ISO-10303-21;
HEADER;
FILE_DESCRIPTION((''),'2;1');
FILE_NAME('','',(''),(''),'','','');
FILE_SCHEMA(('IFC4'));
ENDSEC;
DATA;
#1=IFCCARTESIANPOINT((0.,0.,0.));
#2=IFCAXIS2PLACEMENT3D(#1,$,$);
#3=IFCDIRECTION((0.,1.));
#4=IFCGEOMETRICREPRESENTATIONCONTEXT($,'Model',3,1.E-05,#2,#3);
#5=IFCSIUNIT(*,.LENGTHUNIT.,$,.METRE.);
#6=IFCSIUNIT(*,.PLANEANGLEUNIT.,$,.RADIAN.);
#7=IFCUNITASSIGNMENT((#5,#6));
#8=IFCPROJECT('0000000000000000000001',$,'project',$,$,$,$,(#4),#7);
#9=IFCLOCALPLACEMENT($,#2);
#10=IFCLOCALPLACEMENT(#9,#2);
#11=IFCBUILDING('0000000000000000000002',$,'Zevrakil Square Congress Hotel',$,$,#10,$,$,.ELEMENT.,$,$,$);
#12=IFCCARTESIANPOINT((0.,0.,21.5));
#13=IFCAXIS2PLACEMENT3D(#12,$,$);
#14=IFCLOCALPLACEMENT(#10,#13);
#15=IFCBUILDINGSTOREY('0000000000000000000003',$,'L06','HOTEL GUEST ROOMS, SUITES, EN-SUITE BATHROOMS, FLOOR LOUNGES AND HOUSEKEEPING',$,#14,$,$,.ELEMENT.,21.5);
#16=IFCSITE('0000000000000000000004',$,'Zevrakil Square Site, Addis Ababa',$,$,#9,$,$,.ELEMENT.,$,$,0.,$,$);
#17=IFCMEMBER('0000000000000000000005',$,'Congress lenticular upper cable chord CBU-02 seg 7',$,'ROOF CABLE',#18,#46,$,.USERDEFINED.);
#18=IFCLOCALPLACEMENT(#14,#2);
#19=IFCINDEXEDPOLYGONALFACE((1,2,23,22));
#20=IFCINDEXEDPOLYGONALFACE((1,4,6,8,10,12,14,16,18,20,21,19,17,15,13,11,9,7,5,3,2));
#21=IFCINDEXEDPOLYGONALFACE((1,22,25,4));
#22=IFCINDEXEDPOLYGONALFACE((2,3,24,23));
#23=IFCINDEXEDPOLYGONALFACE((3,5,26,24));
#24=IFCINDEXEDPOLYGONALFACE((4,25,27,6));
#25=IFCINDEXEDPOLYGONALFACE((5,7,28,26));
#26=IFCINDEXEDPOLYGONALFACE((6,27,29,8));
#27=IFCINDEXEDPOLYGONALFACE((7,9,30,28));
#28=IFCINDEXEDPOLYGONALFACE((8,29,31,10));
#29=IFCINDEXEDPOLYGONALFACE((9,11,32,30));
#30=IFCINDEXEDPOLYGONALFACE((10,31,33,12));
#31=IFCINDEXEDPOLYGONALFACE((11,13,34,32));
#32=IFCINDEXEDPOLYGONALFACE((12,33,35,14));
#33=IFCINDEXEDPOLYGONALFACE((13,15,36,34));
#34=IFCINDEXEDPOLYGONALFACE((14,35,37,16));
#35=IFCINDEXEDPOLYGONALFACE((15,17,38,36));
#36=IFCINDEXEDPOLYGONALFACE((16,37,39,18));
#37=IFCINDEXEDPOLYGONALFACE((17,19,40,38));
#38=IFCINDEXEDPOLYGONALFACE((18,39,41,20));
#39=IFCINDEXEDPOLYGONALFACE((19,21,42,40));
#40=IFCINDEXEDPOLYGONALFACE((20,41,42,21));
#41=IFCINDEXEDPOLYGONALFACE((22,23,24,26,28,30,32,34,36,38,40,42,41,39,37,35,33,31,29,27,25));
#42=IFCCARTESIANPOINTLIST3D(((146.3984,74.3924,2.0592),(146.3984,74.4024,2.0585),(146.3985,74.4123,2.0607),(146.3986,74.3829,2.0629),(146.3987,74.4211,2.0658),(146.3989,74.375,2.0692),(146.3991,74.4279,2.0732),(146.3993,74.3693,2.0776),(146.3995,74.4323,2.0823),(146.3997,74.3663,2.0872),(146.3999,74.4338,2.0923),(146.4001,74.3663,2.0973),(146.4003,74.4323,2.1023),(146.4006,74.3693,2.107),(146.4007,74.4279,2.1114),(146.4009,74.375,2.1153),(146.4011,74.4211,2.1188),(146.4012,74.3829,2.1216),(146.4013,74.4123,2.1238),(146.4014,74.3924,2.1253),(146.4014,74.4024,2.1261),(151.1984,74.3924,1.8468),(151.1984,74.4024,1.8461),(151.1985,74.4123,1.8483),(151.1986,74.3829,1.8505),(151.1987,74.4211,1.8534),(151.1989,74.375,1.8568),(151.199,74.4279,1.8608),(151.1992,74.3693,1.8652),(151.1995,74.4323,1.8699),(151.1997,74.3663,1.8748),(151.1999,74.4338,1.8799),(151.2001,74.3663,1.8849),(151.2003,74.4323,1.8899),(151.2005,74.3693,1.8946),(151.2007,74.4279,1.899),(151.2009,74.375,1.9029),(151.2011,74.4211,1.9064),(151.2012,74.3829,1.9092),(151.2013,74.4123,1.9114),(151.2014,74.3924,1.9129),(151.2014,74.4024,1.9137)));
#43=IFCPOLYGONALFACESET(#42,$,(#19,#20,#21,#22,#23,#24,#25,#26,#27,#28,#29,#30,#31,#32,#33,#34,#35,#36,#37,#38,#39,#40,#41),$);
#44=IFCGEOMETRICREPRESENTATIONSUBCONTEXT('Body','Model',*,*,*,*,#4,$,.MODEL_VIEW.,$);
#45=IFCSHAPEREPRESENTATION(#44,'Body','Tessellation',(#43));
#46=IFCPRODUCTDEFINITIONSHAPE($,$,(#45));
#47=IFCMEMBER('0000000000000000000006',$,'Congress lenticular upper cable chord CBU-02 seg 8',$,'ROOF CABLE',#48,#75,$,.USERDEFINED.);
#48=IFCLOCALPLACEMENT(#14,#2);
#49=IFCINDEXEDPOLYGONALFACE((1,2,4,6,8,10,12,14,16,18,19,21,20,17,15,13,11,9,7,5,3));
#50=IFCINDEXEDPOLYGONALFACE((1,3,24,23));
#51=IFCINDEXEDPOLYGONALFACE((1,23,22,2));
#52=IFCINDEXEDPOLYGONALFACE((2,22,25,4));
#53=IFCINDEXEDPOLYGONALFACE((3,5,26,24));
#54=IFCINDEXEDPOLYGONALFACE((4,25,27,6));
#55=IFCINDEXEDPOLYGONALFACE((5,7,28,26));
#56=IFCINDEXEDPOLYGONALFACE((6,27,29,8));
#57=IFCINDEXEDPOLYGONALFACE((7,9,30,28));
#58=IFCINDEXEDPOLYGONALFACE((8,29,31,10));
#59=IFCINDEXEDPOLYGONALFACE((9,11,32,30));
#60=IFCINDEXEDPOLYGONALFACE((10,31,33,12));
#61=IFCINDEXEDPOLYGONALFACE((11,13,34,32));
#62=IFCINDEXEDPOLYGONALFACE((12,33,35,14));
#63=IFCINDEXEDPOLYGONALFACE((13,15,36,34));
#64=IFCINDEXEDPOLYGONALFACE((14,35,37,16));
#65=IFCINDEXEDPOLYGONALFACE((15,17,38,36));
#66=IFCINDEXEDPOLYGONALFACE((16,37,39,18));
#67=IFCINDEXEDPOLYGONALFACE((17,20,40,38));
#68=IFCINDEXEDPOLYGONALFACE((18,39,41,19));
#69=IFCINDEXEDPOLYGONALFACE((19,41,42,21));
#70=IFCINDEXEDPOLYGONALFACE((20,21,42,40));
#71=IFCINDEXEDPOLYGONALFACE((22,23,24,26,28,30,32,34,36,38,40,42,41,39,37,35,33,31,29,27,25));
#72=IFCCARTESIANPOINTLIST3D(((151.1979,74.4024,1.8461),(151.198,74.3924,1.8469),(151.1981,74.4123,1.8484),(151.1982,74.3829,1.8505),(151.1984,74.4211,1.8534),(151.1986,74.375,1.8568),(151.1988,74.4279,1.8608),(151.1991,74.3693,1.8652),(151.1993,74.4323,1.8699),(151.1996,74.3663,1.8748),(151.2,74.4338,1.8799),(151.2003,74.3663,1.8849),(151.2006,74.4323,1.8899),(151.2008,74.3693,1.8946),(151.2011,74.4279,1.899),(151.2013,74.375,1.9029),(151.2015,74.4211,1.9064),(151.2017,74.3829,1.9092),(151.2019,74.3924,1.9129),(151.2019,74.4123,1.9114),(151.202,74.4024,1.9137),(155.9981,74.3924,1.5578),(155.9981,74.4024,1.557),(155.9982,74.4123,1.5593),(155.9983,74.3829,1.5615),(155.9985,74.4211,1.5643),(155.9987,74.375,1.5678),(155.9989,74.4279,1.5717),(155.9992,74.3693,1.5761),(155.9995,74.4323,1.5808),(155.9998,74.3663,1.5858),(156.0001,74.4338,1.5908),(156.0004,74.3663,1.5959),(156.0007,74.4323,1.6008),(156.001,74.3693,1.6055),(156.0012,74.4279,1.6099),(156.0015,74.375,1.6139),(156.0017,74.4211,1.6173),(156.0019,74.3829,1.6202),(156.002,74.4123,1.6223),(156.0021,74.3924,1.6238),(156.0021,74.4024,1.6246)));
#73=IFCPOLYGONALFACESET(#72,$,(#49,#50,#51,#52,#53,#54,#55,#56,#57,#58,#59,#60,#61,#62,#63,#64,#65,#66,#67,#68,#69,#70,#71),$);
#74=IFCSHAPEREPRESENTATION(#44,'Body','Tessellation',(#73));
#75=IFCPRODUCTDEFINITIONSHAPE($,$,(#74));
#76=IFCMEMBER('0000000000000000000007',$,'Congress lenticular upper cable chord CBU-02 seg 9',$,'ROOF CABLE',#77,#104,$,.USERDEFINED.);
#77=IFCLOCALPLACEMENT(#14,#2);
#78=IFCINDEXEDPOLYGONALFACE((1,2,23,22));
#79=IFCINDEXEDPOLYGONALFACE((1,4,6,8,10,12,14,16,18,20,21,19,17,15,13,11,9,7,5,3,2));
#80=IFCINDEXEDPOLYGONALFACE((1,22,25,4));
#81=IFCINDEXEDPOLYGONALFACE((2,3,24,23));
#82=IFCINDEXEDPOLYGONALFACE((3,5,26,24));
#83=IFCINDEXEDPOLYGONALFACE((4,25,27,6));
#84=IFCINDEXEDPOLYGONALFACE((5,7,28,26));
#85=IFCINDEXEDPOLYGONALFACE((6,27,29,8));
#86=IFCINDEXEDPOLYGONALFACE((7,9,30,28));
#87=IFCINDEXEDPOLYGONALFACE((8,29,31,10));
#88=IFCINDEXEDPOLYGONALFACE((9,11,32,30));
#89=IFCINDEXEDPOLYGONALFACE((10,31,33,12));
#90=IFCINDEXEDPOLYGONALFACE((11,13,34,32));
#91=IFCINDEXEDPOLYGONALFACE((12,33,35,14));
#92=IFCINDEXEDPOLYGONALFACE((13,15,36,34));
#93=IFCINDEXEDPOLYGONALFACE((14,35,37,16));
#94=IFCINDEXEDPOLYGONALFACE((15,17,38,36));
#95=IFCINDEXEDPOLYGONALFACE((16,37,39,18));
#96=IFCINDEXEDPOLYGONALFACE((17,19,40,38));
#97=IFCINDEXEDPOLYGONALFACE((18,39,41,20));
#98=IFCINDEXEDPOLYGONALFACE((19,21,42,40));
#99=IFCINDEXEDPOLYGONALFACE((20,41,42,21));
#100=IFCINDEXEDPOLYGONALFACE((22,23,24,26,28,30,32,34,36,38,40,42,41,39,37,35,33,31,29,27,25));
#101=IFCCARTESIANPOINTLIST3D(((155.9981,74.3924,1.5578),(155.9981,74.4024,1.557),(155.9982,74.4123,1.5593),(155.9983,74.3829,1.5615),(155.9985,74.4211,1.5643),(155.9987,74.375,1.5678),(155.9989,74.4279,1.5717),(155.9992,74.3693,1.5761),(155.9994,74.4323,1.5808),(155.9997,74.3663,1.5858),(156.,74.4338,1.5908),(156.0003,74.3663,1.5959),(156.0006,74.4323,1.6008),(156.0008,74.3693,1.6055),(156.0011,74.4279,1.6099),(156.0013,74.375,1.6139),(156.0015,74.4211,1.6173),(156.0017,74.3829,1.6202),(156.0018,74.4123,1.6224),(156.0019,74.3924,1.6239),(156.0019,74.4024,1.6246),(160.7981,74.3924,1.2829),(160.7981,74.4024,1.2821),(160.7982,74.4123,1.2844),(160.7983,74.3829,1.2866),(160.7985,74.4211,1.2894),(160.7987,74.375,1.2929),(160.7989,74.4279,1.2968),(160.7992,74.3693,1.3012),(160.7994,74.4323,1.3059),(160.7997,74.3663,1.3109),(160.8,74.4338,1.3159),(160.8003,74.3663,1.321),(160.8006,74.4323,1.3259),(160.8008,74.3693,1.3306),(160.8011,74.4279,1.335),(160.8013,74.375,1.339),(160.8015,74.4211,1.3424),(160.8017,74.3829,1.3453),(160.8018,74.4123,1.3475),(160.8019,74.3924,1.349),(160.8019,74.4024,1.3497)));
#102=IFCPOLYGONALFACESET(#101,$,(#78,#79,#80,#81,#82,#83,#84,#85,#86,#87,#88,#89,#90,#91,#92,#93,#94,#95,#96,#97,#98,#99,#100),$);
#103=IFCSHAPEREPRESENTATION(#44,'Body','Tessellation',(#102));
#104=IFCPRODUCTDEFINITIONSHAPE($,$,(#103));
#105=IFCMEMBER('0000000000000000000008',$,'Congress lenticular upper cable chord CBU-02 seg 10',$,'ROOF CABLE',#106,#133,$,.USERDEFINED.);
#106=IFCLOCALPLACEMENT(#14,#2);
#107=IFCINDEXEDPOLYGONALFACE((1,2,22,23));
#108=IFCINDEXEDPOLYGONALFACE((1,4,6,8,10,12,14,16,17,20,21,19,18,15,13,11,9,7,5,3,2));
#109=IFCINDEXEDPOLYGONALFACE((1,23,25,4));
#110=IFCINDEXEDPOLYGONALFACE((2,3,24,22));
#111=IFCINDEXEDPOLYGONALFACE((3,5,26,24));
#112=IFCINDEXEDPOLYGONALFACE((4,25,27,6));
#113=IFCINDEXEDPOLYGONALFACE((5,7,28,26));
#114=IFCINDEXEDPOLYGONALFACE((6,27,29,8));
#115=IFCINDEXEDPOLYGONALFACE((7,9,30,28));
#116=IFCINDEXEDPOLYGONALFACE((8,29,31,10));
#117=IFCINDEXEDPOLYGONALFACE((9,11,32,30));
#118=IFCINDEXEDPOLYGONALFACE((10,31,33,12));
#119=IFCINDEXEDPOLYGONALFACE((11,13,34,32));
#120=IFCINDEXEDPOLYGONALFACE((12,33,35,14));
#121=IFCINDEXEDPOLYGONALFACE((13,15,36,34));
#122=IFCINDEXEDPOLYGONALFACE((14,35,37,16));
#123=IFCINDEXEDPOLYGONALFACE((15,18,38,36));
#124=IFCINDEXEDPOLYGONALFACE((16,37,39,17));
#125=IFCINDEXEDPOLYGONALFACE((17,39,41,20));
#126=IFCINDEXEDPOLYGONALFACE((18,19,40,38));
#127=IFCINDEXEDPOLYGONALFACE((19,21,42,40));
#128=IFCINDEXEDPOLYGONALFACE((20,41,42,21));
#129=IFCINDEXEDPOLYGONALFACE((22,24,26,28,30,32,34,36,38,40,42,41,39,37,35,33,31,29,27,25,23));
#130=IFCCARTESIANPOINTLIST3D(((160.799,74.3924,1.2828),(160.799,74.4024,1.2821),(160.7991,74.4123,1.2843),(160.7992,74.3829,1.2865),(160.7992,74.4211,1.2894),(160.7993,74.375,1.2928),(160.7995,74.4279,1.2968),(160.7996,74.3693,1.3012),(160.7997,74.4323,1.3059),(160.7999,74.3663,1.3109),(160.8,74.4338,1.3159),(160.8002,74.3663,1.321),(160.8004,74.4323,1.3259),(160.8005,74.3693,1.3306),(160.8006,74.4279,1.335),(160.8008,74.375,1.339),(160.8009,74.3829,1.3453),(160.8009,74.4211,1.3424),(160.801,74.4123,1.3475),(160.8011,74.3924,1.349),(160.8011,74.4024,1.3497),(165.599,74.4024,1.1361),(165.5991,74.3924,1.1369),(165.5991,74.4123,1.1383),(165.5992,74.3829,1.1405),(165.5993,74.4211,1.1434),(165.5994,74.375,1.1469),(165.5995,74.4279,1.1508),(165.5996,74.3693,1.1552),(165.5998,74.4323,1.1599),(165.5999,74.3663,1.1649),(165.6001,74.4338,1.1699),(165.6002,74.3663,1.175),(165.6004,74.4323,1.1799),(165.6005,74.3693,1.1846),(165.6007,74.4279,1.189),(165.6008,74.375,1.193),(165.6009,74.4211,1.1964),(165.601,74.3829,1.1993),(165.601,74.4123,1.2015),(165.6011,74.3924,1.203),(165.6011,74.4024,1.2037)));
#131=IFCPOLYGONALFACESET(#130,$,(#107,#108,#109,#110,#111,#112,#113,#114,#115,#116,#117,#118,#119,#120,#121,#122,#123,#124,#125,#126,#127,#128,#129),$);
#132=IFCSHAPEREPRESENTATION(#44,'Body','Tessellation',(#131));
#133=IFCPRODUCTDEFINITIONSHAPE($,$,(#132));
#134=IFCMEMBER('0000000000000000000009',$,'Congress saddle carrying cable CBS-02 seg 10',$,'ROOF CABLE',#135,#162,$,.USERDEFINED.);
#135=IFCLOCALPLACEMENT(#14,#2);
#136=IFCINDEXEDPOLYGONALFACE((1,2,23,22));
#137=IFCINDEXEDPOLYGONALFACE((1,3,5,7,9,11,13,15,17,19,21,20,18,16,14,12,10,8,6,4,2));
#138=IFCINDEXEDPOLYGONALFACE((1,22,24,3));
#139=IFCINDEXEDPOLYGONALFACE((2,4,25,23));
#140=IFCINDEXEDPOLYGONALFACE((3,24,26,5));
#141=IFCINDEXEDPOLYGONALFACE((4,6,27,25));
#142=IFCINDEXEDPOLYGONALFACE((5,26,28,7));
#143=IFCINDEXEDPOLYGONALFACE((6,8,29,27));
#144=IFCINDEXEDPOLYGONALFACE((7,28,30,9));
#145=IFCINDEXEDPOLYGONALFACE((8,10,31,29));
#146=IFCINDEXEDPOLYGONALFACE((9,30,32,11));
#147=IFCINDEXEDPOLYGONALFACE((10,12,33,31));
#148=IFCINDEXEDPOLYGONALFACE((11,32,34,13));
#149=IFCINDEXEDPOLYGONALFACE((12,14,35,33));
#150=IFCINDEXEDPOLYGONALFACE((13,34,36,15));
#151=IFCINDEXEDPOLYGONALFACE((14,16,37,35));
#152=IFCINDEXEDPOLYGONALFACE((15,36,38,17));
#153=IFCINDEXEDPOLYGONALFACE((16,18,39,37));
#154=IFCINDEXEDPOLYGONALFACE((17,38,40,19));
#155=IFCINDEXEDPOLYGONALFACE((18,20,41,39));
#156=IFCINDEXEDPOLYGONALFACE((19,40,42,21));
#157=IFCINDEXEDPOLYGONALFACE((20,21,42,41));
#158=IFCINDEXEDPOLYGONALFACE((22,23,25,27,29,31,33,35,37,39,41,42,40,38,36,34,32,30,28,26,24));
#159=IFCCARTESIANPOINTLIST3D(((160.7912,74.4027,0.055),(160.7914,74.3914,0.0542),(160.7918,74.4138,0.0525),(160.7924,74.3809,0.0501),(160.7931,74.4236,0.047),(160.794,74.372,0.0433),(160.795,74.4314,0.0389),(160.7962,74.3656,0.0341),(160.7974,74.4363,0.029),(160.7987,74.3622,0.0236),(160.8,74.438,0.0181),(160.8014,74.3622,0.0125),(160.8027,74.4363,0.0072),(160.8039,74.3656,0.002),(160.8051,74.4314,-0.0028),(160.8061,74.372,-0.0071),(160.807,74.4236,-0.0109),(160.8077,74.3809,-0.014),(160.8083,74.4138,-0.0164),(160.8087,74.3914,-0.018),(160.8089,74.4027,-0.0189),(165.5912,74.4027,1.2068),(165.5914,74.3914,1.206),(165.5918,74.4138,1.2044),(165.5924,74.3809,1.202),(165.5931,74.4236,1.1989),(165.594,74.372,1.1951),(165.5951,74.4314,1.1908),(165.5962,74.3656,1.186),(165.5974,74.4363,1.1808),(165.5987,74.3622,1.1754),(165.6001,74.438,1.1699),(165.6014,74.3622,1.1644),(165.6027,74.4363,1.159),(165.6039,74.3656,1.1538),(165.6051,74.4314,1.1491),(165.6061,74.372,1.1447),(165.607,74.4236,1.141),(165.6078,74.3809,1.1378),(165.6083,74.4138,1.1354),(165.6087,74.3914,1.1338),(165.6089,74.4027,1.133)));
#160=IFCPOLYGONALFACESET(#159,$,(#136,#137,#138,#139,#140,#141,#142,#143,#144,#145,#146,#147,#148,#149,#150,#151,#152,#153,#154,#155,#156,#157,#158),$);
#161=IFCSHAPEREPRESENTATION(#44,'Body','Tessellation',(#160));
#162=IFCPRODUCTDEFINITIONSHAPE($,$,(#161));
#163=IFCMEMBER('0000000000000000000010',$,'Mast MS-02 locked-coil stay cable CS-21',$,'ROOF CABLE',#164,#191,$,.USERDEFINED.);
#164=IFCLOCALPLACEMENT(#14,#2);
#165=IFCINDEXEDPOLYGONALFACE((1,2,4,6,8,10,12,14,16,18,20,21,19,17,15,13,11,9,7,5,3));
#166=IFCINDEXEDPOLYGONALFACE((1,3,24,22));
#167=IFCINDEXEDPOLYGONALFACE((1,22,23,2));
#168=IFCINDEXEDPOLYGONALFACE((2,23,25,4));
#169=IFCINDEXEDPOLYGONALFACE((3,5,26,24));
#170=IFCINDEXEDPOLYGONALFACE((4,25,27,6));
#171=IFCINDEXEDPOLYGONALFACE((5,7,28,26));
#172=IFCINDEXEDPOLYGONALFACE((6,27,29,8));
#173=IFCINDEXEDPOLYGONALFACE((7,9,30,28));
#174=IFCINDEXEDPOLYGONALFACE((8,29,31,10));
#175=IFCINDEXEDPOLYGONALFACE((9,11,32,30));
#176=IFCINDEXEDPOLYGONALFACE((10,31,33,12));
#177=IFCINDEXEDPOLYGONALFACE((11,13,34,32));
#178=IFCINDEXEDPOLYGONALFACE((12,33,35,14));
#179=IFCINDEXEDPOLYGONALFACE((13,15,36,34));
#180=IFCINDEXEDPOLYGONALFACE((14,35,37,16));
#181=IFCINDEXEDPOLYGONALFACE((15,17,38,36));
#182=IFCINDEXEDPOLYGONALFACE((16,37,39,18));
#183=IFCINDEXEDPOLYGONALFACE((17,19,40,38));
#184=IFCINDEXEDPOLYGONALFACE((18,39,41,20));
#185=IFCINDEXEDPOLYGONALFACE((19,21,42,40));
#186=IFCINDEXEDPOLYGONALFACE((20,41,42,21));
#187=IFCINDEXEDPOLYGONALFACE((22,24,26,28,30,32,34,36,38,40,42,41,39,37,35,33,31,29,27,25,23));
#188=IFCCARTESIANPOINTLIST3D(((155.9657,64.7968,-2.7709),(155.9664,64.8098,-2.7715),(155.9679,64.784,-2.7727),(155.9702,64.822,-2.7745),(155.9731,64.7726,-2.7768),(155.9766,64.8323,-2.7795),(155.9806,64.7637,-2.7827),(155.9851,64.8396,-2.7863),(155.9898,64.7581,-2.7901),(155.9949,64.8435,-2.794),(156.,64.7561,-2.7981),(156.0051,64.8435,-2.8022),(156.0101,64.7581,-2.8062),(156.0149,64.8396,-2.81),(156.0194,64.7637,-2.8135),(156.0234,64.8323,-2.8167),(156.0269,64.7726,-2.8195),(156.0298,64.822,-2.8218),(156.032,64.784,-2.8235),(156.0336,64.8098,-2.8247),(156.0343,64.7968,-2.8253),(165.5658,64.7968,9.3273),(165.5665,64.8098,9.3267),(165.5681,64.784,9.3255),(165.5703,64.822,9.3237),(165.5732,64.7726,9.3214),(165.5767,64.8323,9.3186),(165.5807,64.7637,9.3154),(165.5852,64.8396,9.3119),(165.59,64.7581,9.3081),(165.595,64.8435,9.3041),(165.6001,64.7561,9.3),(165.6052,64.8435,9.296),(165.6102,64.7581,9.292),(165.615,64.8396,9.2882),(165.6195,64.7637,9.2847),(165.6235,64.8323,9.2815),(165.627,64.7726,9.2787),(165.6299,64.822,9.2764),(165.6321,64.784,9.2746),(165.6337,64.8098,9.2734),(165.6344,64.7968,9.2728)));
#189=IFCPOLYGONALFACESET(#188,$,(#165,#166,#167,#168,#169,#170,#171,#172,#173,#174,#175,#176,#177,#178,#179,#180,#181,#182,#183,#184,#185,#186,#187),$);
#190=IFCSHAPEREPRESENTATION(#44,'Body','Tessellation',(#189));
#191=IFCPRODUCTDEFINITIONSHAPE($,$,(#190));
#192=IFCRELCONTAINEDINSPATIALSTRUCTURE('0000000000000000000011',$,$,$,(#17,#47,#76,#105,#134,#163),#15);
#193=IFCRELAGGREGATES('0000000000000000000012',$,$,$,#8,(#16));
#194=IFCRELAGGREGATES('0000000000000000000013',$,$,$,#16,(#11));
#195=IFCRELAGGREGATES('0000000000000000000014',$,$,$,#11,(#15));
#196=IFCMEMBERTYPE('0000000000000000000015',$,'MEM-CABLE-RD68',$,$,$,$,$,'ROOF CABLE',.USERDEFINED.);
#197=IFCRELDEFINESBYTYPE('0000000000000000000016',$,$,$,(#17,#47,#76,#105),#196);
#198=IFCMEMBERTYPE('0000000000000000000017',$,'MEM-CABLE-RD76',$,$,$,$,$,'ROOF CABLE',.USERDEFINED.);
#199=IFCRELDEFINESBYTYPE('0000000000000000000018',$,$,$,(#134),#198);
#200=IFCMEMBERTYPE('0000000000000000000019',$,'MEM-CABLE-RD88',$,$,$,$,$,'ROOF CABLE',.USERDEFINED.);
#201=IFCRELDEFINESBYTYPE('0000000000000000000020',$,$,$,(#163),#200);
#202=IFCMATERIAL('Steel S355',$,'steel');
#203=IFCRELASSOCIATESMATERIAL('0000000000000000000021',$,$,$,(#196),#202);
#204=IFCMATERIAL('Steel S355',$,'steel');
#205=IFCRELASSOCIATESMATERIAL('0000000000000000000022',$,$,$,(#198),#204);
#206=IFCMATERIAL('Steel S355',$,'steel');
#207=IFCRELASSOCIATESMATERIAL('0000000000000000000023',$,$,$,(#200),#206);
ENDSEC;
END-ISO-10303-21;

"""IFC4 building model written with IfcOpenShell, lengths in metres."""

from ifc_helpers import new_model, si_unit, direction, frame, origin, origin_2d, place, context, subcontext, project, spatial, circle, extrude, material, material_profile, profile_set, type_object, element, save


model = new_model("IFC4")

# Units and contexts
model_context = context("Model", 3, precision=1e-05, world=origin(), true_north=direction((0.0, 1.0)))
body_context = subcontext(model_context, "Body", "Model", "MODEL_VIEW")
ifc_project = project(units=[si_unit("LENGTHUNIT", "METRE"), si_unit("PLANEANGLEUNIT", "RADIAN")], contexts=[model_context])

# Site, building, storey
site_placement = place(None, origin())
site = spatial("IfcSite", under=ifc_project, at=site_placement, Name="Zevrakil Square Site, Addis Ababa", CompositionType="ELEMENT", RefElevation=0.0)
building_placement = place(site_placement, origin())
building = spatial("IfcBuilding", under=site, at=building_placement, Name="Zevrakil Square Congress Hotel", CompositionType="ELEMENT")
storey_placement = place(building_placement, frame((0.0, 0.0, 21.5)))
storey = spatial("IfcBuildingStorey", under=building, at=storey_placement, Name="L06", Description="HOTEL GUEST ROOMS, SUITES, EN-SUITE BATHROOMS, FLOOR LOUNGES AND HOUSEKEEPING", CompositionType="ELEMENT", Elevation=21.5)

# Members
ifc_material_1 = material(Name="Steel S355", Category="steel")
ifc_material_profile_1 = material_profile(ifc_material_1, circle(Radius=0.0339, at=origin_2d()), Name="CABLE RD68")
ifc_profile_set_1 = profile_set([ifc_material_profile_1], Name="Steel S355")
member_type_1 = type_object("IfcMemberType", Name="MEM-CABLE-RD68", ElementType="ROOF CABLE", PredefinedType="USERDEFINED", material=ifc_profile_set_1)
member_1_placement = place(storey_placement, frame((146.3999, 74.3999, 2.0923), z_axis=(0.999022, 0.0, -0.044207), x_axis=(0.0, 1.0, 0.0)))
element("IfcMember", 1, at=member_1_placement, inside=storey, type_object=member_type_1, Name="Congress lenticular upper cable chord CBU-02 seg 7", ObjectType="ROOF CABLE", PredefinedType="USERDEFINED", context=body_context, shape_type="SweptSolid", body=[
    extrude(circle(Radius=0.0339, at=origin_2d()), origin(), (0.0, 0.0, 1.0), 4.8047),
])
member_2_placement = place(storey_placement, frame((151.2, 74.3999, 1.8799), z_axis=(0.998192, 0.0, -0.060112), x_axis=(0.0, 1.0, 0.0)))
element("IfcMember", 2, at=member_2_placement, inside=storey, type_object=member_type_1, Name="Congress lenticular upper cable chord CBU-02 seg 8", ObjectType="ROOF CABLE", PredefinedType="USERDEFINED", context=body_context, shape_type="SweptSolid", body=[
    extrude(circle(Radius=0.0339, at=origin_2d()), origin(), (0.0, 0.0, 1.0), 4.8088),
])
member_3_placement = place(storey_placement, frame((156.0, 74.3999, 1.5908), z_axis=(0.998364, 0.0, -0.057177), x_axis=(0.0, 1.0, 0.0)))
element("IfcMember", 3, at=member_3_placement, inside=storey, type_object=member_type_1, Name="Congress lenticular upper cable chord CBU-02 seg 9", ObjectType="ROOF CABLE", PredefinedType="USERDEFINED", context=body_context, shape_type="SweptSolid", body=[
    extrude(circle(Radius=0.0339, at=origin_2d()), origin(), (0.0, 0.0, 1.0), 4.8079),
])
member_4_placement = place(storey_placement, frame((160.8, 74.3999, 1.3159), z_axis=(0.999538, 0.0, -0.030401), x_axis=(0.0, 1.0, 0.0)))
element("IfcMember", 4, at=member_4_placement, inside=storey, type_object=member_type_1, Name="Congress lenticular upper cable chord CBU-02 seg 10", ObjectType="ROOF CABLE", PredefinedType="USERDEFINED", context=body_context, shape_type="SweptSolid", body=[
    extrude(circle(Radius=0.0339, at=origin_2d()), origin(), (0.0, 0.0, 1.0), 4.8022),
])
ifc_material_2 = material(Name="Steel S355", Category="steel")
ifc_material_profile_2 = material_profile(ifc_material_2, circle(Radius=0.0381, at=origin_2d()), Name="CABLE RD76")
ifc_profile_set_2 = profile_set([ifc_material_profile_2], Name="Steel S355")
member_type_2 = type_object("IfcMemberType", Name="MEM-CABLE-RD76", ElementType="ROOF CABLE", PredefinedType="USERDEFINED", material=ifc_profile_set_2)
member_5_placement = place(storey_placement, frame((160.8, 74.3999, 0.0181), z_axis=(0.972394, 0.0, 0.233343), x_axis=(0.0, 1.0, 0.0)))
element("IfcMember", 5, at=member_5_placement, inside=storey, type_object=member_type_2, Name="Congress saddle carrying cable CBS-02 seg 10", ObjectType="ROOF CABLE", PredefinedType="USERDEFINED", context=body_context, shape_type="SweptSolid", body=[
    extrude(circle(Radius=0.0381, at=origin_2d()), origin(), (0.0, 0.0, 1.0), 4.9363),
])
ifc_material_3 = material(Name="Steel S355", Category="steel")
ifc_material_profile_3 = material_profile(ifc_material_3, circle(Radius=0.0439, at=origin_2d()), Name="CABLE RD88")
ifc_profile_set_3 = profile_set([ifc_material_profile_3], Name="Steel S355")
member_type_3 = type_object("IfcMemberType", Name="MEM-CABLE-RD88", ElementType="ROOF CABLE", PredefinedType="USERDEFINED", material=ifc_profile_set_3)
member_6_placement = place(storey_placement, frame((165.6001, 64.8, 9.3), z_axis=(-0.621594, 0.0, -0.783339), x_axis=(0.0, -1.0, 0.0)))
element("IfcMember", 6, at=member_6_placement, inside=storey, type_object=member_type_3, Name="Mast MS-02 locked-coil stay cable CS-21", ObjectType="ROOF CABLE", PredefinedType="USERDEFINED", context=body_context, shape_type="SweptSolid", body=[
    extrude(circle(Radius=0.0439, at=origin_2d()), origin(), (0.0, 0.0, 1.0), 15.4443),
])

save(model, "model.ifc")
